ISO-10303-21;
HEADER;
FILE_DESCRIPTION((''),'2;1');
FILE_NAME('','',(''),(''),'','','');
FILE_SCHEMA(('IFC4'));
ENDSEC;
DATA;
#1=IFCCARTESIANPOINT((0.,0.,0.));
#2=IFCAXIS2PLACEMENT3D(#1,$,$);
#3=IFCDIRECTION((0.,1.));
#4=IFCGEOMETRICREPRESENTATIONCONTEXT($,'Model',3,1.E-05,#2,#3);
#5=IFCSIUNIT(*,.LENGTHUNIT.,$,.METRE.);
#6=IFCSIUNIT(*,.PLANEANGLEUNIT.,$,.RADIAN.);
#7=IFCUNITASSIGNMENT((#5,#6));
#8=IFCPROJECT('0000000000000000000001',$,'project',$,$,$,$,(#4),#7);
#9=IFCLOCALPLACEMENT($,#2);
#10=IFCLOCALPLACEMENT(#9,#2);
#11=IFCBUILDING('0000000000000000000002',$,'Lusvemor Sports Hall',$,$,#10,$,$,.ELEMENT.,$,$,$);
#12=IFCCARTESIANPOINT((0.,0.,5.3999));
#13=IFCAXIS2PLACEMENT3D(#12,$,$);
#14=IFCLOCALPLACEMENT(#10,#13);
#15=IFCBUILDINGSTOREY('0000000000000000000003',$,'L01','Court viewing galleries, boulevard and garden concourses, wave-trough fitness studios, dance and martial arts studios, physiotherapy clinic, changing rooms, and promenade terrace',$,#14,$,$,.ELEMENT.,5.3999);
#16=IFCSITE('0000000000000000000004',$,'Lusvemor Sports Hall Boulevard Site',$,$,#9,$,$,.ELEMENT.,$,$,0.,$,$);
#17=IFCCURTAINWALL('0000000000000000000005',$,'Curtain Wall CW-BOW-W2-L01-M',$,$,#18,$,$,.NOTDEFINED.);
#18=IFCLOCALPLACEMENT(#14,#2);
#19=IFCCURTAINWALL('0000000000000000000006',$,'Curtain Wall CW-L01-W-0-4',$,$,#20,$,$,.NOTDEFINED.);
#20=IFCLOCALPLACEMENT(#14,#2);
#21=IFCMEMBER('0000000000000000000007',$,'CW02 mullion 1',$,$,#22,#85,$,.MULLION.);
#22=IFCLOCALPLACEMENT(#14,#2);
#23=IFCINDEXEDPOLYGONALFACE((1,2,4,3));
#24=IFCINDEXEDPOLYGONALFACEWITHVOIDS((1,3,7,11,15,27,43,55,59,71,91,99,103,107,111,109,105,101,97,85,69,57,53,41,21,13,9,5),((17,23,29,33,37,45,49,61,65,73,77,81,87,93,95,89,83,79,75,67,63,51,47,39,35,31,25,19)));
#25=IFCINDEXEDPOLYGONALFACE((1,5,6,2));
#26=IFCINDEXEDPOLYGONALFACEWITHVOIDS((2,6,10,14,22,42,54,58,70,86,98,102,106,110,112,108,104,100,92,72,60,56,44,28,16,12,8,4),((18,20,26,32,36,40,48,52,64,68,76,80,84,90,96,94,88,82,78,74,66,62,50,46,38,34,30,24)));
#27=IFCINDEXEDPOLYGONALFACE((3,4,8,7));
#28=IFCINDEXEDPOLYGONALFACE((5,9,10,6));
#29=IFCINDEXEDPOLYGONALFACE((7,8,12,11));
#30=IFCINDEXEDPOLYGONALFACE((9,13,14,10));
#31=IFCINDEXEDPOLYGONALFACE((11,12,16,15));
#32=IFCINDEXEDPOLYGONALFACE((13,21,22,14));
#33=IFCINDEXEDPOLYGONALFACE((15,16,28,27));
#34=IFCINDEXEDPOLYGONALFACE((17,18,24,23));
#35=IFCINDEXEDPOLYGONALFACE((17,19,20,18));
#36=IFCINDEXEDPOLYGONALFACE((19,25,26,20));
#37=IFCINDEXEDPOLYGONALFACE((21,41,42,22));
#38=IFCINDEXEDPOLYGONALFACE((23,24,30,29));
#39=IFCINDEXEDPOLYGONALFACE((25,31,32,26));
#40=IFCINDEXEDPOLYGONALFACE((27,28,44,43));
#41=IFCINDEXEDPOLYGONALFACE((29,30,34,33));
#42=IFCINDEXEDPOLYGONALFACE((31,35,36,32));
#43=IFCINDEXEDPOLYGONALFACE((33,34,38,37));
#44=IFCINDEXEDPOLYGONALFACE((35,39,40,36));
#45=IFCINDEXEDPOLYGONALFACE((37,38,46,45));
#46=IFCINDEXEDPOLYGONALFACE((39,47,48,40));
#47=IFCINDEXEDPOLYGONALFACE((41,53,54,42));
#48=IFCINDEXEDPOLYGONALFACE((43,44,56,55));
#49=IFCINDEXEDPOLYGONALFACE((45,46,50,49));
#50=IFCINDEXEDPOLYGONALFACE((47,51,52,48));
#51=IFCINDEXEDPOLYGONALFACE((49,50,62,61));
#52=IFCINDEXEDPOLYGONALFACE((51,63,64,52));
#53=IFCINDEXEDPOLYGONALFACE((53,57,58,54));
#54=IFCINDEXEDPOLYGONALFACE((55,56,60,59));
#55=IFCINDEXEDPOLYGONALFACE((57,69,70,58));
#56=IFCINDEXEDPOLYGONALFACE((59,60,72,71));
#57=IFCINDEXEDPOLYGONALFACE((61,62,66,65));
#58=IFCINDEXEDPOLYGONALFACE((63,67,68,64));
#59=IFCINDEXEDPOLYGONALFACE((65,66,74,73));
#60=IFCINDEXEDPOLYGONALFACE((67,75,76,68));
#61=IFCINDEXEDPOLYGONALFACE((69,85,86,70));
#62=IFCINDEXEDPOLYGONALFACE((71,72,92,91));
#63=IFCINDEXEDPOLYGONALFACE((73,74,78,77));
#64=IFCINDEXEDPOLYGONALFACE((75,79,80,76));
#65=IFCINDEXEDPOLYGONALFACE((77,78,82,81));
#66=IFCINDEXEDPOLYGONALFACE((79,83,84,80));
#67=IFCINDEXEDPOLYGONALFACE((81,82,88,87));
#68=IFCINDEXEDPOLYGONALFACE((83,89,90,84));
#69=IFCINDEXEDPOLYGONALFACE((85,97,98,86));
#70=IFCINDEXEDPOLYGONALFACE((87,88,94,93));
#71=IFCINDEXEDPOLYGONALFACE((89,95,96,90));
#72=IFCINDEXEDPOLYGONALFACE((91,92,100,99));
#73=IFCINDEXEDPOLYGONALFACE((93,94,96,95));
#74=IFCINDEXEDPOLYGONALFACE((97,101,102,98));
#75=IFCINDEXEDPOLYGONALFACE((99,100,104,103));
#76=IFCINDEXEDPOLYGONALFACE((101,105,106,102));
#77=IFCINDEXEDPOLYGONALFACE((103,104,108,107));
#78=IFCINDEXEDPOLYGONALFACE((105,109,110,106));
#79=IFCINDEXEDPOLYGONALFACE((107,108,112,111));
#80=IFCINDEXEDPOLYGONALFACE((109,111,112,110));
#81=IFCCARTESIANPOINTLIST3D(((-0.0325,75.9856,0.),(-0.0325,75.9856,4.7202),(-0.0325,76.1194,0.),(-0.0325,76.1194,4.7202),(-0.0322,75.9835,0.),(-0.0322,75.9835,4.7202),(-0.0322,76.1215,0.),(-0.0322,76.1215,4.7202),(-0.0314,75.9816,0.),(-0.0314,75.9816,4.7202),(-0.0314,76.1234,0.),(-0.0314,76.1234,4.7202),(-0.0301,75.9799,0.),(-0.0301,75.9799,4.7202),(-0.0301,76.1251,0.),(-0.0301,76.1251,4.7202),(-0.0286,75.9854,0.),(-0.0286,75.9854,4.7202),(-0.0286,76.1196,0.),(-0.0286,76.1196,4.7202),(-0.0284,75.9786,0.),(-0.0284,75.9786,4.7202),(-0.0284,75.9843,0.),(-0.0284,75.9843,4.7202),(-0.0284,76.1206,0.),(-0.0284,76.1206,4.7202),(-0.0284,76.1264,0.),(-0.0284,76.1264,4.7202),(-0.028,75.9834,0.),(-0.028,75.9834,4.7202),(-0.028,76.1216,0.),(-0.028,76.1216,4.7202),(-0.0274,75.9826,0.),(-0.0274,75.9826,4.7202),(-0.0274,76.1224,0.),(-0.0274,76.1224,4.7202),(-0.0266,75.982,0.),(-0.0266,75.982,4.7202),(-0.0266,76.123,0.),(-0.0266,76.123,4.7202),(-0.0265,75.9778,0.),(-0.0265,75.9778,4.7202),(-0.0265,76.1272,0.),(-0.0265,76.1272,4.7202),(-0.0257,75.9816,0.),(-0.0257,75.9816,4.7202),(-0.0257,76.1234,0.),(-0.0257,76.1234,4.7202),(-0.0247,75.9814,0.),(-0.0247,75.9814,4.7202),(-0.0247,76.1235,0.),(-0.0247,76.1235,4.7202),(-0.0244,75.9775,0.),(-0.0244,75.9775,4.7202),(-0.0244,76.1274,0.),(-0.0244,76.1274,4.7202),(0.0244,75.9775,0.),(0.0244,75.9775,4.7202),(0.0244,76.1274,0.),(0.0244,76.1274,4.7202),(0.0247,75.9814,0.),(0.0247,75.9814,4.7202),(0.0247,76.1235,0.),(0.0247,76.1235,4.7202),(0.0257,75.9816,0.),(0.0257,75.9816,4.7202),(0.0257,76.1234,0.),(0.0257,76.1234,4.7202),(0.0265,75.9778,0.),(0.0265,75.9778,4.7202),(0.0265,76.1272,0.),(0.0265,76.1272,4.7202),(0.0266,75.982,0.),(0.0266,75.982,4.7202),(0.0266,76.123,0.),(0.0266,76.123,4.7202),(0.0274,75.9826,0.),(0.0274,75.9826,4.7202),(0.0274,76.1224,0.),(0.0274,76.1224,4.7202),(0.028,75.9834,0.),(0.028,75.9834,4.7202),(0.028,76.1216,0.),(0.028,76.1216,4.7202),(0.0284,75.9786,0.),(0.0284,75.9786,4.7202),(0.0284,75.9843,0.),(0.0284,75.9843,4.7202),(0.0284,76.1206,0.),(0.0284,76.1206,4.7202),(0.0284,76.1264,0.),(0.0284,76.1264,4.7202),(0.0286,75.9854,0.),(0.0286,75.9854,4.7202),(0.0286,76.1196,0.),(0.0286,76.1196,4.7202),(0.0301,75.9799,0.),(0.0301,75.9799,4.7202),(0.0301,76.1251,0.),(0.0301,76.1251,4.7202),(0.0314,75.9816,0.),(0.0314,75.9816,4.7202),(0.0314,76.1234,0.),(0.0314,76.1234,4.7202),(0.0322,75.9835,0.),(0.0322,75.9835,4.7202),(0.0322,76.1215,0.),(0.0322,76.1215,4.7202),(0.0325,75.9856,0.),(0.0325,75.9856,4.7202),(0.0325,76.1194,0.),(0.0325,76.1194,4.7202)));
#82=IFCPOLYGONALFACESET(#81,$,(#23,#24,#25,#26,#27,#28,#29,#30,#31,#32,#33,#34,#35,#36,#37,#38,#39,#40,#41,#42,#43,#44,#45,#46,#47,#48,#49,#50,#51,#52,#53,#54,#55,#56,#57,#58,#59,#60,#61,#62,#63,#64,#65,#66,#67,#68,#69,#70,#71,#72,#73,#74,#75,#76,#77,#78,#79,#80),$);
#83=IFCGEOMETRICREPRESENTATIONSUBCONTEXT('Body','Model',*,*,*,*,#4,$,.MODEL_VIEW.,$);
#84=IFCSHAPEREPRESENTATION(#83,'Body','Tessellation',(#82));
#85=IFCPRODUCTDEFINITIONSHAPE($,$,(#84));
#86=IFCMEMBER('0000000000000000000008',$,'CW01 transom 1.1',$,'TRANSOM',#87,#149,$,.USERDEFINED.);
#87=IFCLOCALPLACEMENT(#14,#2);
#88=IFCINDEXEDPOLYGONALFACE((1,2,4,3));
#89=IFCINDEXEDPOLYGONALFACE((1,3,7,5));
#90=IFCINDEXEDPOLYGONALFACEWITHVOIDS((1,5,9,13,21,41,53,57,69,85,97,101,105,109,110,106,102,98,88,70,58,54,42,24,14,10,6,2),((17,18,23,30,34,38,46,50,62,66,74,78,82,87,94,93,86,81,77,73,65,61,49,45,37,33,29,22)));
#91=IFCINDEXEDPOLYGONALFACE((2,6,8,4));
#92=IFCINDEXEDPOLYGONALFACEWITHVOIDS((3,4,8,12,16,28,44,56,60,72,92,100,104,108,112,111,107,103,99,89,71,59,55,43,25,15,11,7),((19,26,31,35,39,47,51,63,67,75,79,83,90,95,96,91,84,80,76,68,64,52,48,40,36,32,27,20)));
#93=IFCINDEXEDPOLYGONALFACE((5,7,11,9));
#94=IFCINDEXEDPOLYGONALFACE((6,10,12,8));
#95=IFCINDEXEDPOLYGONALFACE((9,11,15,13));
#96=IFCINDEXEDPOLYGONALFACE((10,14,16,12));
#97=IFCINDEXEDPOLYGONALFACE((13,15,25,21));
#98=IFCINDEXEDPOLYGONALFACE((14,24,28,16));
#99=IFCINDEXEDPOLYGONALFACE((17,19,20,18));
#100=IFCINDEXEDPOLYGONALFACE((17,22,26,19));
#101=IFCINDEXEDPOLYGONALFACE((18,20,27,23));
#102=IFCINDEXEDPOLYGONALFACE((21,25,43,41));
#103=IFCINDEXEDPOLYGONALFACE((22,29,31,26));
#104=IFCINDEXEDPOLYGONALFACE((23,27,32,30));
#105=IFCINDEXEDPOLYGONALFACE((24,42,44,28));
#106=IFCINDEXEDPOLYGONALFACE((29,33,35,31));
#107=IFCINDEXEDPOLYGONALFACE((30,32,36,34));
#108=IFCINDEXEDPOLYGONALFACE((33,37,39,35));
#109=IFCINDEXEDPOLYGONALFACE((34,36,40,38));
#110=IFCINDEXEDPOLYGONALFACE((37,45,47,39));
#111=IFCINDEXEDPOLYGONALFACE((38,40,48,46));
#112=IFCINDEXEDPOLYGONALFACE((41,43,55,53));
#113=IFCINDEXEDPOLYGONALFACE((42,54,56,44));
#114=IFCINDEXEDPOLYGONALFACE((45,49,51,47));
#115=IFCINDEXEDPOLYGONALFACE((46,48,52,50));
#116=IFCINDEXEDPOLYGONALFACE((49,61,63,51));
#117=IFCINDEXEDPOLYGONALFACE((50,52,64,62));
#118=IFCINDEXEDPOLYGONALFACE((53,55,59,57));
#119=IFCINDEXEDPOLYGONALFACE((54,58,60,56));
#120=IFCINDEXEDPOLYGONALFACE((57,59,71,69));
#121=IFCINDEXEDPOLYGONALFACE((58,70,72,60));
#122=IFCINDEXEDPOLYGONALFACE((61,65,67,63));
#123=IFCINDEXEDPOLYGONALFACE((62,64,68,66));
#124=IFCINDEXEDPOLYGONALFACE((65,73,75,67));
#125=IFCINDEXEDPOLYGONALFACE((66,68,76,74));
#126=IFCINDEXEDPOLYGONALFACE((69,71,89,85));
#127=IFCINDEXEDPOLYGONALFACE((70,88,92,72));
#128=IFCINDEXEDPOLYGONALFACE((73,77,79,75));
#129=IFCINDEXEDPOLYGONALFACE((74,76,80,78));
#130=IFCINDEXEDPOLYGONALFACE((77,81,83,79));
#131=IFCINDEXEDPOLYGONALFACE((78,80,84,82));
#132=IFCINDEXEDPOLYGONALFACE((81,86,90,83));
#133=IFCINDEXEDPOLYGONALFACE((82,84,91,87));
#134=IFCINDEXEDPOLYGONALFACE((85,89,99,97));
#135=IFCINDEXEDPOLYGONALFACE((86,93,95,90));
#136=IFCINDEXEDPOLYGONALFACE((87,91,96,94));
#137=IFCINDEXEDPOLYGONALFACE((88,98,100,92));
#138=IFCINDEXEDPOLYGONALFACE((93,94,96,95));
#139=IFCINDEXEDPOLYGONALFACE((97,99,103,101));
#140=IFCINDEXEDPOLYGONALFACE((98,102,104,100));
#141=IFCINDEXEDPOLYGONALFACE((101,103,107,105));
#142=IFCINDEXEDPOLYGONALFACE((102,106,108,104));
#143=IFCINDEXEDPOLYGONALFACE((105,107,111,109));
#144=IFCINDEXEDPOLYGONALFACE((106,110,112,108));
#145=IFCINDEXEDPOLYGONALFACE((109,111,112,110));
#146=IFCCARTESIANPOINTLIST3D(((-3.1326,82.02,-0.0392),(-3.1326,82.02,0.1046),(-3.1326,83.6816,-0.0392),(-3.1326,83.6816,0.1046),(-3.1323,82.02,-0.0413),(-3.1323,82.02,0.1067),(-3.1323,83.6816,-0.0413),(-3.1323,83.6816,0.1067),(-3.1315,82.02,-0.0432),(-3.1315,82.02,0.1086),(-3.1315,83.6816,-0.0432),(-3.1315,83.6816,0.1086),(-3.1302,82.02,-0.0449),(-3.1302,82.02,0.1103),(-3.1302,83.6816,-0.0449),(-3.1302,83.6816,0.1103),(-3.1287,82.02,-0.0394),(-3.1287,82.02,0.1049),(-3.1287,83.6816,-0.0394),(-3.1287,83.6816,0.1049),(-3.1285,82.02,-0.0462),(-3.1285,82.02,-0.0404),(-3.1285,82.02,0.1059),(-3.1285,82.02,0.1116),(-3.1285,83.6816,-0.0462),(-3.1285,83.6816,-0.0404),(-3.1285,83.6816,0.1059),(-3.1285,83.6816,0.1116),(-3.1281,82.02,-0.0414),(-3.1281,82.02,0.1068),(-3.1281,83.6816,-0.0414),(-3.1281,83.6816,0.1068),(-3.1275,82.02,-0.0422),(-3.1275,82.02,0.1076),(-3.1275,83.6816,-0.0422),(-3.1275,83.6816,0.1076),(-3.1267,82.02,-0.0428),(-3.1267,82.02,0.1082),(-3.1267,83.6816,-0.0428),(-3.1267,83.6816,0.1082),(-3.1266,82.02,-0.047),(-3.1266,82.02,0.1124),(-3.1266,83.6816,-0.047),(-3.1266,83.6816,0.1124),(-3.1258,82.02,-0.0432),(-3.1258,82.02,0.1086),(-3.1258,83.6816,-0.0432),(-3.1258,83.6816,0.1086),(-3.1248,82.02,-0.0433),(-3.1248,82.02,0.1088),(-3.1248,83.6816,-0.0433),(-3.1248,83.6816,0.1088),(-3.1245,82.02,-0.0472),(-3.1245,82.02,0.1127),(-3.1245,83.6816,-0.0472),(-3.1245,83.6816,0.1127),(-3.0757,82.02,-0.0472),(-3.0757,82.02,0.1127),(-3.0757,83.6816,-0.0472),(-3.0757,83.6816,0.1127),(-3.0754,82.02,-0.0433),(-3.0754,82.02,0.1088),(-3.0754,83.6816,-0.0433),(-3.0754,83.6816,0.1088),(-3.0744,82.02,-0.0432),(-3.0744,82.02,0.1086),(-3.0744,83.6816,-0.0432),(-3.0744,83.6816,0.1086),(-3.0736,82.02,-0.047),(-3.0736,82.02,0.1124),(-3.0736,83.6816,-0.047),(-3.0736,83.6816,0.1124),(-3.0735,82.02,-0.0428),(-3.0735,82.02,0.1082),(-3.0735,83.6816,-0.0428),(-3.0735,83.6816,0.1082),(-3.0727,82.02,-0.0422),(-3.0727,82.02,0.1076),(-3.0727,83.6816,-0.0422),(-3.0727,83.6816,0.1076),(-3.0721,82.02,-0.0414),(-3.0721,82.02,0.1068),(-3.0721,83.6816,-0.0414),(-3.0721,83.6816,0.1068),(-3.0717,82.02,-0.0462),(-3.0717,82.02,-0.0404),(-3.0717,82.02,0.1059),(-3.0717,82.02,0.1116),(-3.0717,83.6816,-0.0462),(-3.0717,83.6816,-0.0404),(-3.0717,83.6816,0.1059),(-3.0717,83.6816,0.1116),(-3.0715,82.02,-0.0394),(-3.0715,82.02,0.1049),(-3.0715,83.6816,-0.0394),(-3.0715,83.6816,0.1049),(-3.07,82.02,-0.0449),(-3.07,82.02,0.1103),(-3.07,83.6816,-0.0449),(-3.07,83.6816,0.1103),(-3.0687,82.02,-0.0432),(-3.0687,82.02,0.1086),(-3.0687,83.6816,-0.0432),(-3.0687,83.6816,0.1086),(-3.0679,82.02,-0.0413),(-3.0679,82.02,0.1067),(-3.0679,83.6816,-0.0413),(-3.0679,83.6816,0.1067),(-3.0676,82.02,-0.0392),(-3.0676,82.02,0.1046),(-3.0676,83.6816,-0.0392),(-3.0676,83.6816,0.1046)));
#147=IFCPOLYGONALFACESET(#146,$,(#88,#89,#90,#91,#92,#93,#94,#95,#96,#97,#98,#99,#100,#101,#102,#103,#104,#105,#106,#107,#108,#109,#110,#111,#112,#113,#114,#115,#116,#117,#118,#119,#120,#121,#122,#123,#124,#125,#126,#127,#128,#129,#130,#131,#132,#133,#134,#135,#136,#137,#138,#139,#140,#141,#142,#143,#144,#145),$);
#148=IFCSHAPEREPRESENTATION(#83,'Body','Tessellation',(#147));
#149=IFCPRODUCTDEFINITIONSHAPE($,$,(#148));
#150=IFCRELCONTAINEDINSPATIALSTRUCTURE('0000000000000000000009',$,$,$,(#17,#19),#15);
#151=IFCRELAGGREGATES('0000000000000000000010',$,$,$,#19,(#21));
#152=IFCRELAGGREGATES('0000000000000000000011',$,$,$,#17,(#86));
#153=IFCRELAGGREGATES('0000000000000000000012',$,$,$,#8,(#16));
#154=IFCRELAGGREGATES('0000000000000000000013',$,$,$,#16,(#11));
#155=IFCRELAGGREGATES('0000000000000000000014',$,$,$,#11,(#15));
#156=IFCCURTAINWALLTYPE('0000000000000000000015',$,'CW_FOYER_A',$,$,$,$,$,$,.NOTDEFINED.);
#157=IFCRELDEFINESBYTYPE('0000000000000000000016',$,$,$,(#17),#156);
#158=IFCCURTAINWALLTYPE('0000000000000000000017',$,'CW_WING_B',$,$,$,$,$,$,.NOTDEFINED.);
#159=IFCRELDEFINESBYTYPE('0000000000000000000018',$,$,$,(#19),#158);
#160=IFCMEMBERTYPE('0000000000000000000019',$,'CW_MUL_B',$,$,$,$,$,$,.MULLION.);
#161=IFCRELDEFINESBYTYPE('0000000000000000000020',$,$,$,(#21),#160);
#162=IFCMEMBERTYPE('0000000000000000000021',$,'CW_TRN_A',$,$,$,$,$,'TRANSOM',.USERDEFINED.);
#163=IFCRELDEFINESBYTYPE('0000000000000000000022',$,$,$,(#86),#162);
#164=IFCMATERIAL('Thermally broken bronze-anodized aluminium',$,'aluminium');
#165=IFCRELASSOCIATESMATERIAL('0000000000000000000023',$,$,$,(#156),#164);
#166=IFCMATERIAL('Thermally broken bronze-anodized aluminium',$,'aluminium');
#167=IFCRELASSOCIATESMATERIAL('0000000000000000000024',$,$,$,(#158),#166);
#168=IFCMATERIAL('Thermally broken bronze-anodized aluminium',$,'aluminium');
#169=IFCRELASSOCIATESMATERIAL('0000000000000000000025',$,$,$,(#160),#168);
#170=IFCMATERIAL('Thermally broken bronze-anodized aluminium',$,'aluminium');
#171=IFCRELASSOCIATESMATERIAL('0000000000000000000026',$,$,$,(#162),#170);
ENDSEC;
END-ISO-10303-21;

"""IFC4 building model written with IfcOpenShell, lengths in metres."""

from ifc_helpers import new_model, si_unit, direction, frame, origin, origin_2d, place, context, subcontext, project, spatial, hollow_rectangle, extrude, material, material_profile, profile_set, type_object, element, aggregate, save


model = new_model("IFC4")

# Units and contexts
model_context = context("Model", 3, precision=1e-05, world=origin(), true_north=direction((0.0, 1.0)))
body_context = subcontext(model_context, "Body", "Model", "MODEL_VIEW")
ifc_project = project(units=[si_unit("LENGTHUNIT", "METRE"), si_unit("PLANEANGLEUNIT", "RADIAN")], contexts=[model_context])

# Site, building, storey
site_placement = place(None, origin())
site = spatial("IfcSite", under=ifc_project, at=site_placement, Name="Lusvemor Sports Hall Boulevard Site", CompositionType="ELEMENT", RefElevation=0.0)
building_placement = place(site_placement, origin())
building = spatial("IfcBuilding", under=site, at=building_placement, Name="Lusvemor Sports Hall", CompositionType="ELEMENT")
storey_placement = place(building_placement, frame((0.0, 0.0, 5.3999)))
storey = spatial("IfcBuildingStorey", under=building, at=storey_placement, Name="L01", Description="Court viewing galleries, boulevard and garden concourses, wave-trough fitness studios, dance and martial arts studios, physiotherapy clinic, changing rooms, and promenade terrace", CompositionType="ELEMENT", Elevation=5.3999)

# Curtain wall
ifc_material_1 = material(Name="Thermally broken bronze-anodized aluminium", Category="aluminium")
curtain_wall_type_1 = type_object("IfcCurtainWallType", Name="CW_FOYER_A", PredefinedType="NOTDEFINED", material=ifc_material_1)
curtain_wall_1_placement = place(storey_placement, origin())
curtain_wall_1 = element("IfcCurtainWall", 1, at=curtain_wall_1_placement, inside=storey, type_object=curtain_wall_type_1, Name="Curtain Wall CW-BOW-W2-L01-M", PredefinedType="NOTDEFINED")

# Curtain wall, member
ifc_material_2 = material(Name="Thermally broken bronze-anodized aluminium", Category="aluminium")
curtain_wall_type_2 = type_object("IfcCurtainWallType", Name="CW_WING_B", PredefinedType="NOTDEFINED", material=ifc_material_2)
curtain_wall_2_placement = place(storey_placement, origin())
curtain_wall_2 = element("IfcCurtainWall", 2, at=curtain_wall_2_placement, inside=storey, type_object=curtain_wall_type_2, Name="Curtain Wall CW-L01-W-0-4", PredefinedType="NOTDEFINED")
ifc_material_3 = material(Name="Thermally broken bronze-anodized aluminium", Category="aluminium")
ifc_material_profile_1 = material_profile(ifc_material_3, hollow_rectangle(XDim=0.0649, YDim=0.1499, WallThickness=0.0039, InnerFilletRadius=0.0039, OuterFilletRadius=0.0081, at=origin_2d()), Name="CWMUL150x65x4")
ifc_profile_set_1 = profile_set([ifc_material_profile_1], Name="Thermally broken bronze-anodized aluminium")
member_type_1 = type_object("IfcMemberType", Name="CW_MUL_B", PredefinedType="MULLION", material=ifc_profile_set_1)
member_1_placement = place(storey_placement, frame((0.0, 76.0525, 0.0), z_axis=(0.0, 0.0, 1.0), x_axis=(-1.0, 0.0, 0.0)))
member_1 = element("IfcMember", 3, at=member_1_placement, type_object=member_type_1, Name="CW02 mullion 1", PredefinedType="MULLION", context=body_context, shape_type="SweptSolid", body=[
    extrude(hollow_rectangle(XDim=0.0649, YDim=0.1499, WallThickness=0.0039, InnerFilletRadius=0.0039, OuterFilletRadius=0.0081, at=origin_2d()), origin(), (0.0, 0.0, 1.0), 4.7202),
])

# Member
ifc_material_4 = material(Name="Thermally broken bronze-anodized aluminium", Category="aluminium")
ifc_material_profile_2 = material_profile(ifc_material_4, hollow_rectangle(XDim=0.0649, YDim=0.1599, WallThickness=0.0039, InnerFilletRadius=0.0039, OuterFilletRadius=0.0081, at=origin_2d()), Name="CWTRN160x65x4")
ifc_profile_set_2 = profile_set([ifc_material_profile_2], Name="Thermally broken bronze-anodized aluminium")
member_type_2 = type_object("IfcMemberType", Name="CW_TRN_A", ElementType="TRANSOM", PredefinedType="USERDEFINED", material=ifc_profile_set_2)
member_2_placement = place(storey_placement, frame((-3.1001, 82.02, 0.0327), z_axis=(0.0, 1.0, 0.0), x_axis=(-1.0, 0.0, 0.0)))
member_2 = element("IfcMember", 4, at=member_2_placement, type_object=member_type_2, Name="CW01 transom 1.1", ObjectType="TRANSOM", PredefinedType="USERDEFINED", context=body_context, shape_type="SweptSolid", body=[
    extrude(hollow_rectangle(XDim=0.0649, YDim=0.1599, WallThickness=0.0039, InnerFilletRadius=0.0039, OuterFilletRadius=0.0081, at=origin_2d()), origin(), (0.0, 0.0, 1.0), 1.6616),
])
aggregate(curtain_wall_2, [member_1])

aggregate(curtain_wall_1, [member_2])

save(model, "model.ifc")
